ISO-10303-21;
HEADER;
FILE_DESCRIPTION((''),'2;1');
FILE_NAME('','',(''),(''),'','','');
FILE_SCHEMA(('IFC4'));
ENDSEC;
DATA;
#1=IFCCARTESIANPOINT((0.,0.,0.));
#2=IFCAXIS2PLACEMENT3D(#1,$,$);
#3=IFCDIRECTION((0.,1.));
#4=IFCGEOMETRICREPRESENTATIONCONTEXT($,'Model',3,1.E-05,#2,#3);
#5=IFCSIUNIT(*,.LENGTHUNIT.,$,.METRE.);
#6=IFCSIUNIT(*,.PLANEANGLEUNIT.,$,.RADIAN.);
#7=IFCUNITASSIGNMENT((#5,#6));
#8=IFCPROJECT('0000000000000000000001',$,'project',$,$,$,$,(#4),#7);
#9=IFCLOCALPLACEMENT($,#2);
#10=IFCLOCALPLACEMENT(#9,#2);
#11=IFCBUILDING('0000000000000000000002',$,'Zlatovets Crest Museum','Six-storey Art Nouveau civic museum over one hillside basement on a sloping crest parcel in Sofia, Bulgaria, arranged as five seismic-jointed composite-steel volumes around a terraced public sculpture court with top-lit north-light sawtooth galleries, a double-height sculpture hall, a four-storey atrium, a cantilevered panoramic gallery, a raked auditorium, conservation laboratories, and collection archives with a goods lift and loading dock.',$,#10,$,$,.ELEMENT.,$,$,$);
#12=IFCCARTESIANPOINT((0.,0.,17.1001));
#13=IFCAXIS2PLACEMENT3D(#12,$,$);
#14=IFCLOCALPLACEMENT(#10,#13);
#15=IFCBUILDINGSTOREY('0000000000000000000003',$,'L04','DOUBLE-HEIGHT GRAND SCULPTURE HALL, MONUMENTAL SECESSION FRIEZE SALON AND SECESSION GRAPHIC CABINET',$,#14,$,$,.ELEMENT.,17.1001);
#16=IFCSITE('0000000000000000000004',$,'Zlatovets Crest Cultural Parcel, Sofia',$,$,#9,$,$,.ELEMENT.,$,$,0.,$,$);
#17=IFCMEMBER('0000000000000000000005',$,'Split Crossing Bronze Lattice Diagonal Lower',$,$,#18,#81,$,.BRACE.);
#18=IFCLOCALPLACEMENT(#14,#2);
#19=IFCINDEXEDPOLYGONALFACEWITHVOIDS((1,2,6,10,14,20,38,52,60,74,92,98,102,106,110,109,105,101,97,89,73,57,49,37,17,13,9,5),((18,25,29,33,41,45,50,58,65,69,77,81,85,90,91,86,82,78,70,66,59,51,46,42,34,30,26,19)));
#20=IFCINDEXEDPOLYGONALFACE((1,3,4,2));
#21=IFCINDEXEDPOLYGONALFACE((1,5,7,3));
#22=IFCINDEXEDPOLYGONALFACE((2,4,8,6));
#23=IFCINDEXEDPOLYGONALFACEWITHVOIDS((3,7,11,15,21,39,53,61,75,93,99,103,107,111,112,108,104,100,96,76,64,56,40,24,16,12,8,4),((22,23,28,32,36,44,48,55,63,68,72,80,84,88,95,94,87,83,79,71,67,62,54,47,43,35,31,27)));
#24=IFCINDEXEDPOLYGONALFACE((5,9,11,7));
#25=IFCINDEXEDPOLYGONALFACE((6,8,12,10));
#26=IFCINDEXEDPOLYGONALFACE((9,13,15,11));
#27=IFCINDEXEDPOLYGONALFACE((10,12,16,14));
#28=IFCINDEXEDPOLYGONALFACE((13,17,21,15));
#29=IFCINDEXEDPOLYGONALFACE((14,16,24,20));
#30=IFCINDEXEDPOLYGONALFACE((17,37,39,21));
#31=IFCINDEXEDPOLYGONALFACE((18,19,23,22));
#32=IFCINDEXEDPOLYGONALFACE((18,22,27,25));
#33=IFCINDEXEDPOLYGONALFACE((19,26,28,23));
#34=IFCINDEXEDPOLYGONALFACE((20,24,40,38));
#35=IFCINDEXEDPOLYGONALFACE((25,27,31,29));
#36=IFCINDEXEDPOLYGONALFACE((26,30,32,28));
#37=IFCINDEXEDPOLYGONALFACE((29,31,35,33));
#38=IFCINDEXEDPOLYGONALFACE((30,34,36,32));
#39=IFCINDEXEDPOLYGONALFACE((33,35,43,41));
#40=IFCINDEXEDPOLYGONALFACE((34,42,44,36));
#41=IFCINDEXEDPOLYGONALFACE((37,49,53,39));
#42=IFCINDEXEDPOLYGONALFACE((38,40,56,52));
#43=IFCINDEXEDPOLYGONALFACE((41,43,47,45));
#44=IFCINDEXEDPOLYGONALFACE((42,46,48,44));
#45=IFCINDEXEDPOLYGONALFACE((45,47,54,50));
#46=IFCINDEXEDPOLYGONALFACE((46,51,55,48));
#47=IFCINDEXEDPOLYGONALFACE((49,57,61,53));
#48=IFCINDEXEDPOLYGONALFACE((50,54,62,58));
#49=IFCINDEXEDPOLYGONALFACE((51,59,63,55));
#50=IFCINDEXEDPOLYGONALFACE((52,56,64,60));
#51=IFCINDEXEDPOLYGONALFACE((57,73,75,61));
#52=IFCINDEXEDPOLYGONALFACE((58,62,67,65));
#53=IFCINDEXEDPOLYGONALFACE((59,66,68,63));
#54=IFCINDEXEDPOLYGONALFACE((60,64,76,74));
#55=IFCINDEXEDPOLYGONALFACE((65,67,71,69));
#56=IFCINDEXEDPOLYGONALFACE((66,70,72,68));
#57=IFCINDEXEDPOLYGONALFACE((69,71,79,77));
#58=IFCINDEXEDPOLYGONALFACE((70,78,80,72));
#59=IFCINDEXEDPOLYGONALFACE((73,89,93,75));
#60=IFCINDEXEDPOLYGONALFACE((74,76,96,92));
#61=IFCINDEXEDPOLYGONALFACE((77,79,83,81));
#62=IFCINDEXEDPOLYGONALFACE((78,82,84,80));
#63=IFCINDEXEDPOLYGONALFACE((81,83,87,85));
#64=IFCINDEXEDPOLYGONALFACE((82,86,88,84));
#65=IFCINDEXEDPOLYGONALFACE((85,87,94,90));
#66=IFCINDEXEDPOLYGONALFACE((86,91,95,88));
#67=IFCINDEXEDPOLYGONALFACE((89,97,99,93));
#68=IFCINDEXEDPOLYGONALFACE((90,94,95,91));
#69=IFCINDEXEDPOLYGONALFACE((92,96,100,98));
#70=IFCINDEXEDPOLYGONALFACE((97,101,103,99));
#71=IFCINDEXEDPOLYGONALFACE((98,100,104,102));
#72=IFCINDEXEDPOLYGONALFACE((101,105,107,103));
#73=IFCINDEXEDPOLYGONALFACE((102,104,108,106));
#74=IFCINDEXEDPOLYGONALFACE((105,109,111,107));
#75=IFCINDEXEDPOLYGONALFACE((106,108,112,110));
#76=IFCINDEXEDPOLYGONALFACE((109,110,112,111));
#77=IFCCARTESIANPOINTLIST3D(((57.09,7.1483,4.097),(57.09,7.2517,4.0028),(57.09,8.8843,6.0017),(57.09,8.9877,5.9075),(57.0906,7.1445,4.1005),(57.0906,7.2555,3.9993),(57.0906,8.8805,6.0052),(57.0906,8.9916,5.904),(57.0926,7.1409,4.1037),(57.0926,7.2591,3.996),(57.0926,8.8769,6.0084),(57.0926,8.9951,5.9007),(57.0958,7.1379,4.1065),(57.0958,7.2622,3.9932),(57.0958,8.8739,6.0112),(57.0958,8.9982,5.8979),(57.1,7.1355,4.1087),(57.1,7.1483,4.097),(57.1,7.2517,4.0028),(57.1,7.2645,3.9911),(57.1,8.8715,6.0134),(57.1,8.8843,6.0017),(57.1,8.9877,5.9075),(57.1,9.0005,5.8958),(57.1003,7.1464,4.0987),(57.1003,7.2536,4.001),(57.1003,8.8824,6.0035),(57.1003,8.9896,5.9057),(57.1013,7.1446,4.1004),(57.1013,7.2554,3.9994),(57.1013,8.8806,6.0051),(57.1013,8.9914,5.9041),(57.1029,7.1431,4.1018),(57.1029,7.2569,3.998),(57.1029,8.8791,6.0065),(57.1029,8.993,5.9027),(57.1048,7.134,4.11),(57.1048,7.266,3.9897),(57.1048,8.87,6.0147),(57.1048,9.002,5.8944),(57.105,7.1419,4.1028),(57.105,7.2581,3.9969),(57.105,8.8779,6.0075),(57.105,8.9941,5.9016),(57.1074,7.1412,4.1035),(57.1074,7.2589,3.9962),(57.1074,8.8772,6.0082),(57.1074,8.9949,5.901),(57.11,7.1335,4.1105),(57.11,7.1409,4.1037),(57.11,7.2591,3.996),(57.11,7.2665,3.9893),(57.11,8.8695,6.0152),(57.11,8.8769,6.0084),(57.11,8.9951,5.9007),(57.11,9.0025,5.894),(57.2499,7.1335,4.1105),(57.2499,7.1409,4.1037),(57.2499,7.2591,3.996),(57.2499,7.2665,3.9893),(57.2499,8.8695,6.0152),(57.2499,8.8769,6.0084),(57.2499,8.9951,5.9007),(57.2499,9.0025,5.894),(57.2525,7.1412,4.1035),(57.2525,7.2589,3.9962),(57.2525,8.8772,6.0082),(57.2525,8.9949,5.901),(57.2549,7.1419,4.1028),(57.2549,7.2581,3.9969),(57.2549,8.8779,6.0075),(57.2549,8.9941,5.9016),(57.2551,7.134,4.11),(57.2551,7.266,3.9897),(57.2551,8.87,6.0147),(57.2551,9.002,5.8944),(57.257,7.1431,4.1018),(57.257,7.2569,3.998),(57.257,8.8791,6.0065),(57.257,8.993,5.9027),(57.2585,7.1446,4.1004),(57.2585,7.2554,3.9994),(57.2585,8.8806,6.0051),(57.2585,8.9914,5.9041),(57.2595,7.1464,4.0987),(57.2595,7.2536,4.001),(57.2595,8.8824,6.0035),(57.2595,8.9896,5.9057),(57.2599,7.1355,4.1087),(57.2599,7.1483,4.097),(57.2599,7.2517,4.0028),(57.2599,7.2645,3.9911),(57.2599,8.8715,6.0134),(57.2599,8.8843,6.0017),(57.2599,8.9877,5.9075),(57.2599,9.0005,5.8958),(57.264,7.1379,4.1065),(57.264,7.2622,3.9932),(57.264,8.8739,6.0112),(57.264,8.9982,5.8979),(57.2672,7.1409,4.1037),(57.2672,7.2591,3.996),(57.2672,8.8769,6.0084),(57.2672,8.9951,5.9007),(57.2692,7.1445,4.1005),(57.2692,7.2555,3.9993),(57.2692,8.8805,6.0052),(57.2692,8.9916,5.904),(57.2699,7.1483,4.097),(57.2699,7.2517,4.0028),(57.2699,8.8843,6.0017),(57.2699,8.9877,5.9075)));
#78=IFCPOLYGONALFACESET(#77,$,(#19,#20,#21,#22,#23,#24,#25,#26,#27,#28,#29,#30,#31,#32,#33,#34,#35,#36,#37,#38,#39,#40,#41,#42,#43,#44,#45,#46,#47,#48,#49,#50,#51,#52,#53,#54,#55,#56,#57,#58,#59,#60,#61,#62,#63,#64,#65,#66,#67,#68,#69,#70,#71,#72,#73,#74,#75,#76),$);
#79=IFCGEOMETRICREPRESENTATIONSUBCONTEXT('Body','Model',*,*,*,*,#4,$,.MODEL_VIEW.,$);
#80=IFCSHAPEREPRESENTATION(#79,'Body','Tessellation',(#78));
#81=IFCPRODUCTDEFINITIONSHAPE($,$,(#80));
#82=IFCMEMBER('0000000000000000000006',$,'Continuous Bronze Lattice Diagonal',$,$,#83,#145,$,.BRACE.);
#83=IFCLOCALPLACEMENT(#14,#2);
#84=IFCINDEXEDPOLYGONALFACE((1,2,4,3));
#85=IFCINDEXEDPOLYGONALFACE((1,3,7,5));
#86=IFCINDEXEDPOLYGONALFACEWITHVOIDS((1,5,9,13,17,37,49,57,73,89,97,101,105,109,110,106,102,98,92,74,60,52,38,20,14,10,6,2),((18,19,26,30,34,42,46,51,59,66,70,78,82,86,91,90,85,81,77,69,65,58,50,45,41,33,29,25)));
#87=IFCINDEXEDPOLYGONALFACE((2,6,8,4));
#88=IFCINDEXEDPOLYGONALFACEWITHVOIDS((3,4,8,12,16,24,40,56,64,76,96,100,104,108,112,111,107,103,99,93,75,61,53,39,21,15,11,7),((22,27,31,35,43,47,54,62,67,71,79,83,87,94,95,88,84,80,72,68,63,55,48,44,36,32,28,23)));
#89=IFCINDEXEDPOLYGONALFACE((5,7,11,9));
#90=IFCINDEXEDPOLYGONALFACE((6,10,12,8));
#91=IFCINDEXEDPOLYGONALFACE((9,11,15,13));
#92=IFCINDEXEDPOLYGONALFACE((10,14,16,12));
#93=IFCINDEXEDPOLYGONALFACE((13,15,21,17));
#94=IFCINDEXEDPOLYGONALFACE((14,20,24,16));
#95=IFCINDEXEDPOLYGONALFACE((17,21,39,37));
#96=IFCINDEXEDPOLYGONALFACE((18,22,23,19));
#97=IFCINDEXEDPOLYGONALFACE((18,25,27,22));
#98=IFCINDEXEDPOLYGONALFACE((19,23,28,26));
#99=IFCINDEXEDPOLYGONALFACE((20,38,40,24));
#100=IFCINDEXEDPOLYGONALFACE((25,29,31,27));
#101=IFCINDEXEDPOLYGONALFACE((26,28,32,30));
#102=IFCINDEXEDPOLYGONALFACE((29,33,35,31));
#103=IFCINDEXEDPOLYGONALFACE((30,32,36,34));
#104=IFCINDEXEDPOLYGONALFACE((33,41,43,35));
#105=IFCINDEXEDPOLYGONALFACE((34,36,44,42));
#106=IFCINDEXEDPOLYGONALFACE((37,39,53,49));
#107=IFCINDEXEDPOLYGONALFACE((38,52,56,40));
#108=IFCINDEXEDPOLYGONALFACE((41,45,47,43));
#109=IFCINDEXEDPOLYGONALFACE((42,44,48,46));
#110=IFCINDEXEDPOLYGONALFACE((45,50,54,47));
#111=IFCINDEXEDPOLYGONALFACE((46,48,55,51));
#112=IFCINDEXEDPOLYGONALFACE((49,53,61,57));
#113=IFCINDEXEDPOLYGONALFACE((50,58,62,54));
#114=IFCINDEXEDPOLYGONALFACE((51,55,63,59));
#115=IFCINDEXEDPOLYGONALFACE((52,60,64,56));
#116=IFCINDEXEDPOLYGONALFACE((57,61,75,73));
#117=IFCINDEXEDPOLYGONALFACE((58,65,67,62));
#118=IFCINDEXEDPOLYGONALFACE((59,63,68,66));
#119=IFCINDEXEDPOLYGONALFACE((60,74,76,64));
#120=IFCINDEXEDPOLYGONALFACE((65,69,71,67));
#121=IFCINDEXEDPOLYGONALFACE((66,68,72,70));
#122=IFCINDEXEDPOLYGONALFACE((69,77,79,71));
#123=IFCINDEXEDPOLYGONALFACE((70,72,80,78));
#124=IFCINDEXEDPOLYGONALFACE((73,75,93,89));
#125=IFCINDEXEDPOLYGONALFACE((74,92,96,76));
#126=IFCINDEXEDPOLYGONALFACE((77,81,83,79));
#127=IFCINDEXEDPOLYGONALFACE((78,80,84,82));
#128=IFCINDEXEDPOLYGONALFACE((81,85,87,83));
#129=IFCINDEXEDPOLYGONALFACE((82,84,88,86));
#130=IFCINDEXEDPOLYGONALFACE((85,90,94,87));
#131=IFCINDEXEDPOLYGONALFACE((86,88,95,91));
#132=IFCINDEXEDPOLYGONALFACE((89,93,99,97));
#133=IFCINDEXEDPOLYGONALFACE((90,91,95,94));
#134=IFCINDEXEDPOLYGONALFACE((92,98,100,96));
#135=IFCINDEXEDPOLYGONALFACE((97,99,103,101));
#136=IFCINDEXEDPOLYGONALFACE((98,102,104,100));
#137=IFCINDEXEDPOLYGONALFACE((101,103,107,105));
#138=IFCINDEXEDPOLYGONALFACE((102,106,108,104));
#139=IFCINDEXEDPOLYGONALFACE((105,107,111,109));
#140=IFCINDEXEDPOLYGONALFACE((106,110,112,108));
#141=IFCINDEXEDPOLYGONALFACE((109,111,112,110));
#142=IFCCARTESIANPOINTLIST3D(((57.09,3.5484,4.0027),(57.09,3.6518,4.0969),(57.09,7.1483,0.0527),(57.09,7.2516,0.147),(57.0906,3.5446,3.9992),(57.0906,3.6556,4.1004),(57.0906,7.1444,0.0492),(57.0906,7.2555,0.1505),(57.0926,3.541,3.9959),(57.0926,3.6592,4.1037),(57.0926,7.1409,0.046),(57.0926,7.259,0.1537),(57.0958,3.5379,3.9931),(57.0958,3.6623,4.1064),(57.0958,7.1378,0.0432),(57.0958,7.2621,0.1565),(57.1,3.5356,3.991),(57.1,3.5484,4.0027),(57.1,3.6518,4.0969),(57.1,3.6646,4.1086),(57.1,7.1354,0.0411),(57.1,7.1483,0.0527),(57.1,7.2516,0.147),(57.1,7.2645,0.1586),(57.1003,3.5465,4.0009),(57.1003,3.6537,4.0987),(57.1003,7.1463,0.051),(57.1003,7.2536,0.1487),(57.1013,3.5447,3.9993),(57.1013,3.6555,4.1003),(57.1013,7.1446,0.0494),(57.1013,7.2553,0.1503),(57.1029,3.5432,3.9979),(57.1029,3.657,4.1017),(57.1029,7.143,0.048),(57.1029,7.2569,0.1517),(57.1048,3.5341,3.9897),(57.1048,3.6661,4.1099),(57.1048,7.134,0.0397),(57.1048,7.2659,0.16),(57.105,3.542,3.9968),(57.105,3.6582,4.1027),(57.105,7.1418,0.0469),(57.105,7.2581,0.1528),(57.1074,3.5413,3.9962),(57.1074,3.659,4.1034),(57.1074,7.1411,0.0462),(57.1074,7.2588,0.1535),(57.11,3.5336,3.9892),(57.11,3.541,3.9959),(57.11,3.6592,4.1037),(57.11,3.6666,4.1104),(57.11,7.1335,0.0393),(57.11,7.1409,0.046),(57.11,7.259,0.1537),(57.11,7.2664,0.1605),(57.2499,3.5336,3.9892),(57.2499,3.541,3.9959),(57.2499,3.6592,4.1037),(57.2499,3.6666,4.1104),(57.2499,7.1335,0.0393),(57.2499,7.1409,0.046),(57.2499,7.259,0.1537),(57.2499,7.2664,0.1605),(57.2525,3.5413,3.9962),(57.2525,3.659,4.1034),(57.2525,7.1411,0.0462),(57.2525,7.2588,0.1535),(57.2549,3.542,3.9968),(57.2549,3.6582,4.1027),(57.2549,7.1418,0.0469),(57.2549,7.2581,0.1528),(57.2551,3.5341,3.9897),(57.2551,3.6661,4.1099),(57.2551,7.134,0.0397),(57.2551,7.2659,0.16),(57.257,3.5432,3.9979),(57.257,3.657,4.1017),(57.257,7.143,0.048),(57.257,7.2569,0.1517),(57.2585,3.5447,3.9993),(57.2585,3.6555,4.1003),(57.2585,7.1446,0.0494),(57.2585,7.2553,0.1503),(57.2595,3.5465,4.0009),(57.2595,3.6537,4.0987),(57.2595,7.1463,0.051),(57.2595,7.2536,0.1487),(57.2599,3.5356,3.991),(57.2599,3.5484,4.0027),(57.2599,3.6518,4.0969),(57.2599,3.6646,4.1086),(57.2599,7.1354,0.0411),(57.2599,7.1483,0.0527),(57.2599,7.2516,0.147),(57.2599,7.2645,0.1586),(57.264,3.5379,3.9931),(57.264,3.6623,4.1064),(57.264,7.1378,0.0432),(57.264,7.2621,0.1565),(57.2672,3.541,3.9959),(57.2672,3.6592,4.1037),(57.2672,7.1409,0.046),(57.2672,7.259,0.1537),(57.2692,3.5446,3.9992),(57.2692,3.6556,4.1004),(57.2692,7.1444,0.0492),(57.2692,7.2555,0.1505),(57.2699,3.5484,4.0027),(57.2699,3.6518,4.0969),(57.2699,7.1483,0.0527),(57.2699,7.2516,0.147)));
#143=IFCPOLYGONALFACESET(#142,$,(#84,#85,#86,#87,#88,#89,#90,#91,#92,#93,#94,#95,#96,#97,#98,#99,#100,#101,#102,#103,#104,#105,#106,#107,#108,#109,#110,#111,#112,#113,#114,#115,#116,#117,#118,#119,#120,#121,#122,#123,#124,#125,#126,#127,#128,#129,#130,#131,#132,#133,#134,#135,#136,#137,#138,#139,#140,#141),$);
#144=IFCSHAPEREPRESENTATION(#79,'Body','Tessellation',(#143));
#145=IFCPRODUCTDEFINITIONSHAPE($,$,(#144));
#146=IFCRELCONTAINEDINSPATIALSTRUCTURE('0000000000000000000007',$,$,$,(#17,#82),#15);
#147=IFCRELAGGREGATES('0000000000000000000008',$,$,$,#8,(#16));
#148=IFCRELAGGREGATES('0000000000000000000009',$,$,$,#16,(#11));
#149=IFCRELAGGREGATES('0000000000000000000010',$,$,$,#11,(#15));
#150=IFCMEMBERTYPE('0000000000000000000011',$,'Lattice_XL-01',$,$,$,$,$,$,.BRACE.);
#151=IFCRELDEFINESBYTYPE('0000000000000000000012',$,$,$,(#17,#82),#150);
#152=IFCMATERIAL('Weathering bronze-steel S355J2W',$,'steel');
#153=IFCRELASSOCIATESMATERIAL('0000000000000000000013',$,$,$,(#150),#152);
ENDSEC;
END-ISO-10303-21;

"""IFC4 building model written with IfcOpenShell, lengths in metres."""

from ifc_helpers import new_model, si_unit, direction, frame, origin, origin_2d, place, context, subcontext, project, spatial, hollow_rectangle, extrude, material, material_profile, profile_set, type_object, element, save


model = new_model("IFC4")

# Units and contexts
model_context = context("Model", 3, precision=1e-05, world=origin(), true_north=direction((0.0, 1.0)))
body_context = subcontext(model_context, "Body", "Model", "MODEL_VIEW")
ifc_project = project(units=[si_unit("LENGTHUNIT", "METRE"), si_unit("PLANEANGLEUNIT", "RADIAN")], contexts=[model_context])

# Site, building, storey
site_placement = place(None, origin())
site = spatial("IfcSite", under=ifc_project, at=site_placement, Name="Zlatovets Crest Cultural Parcel, Sofia", CompositionType="ELEMENT", RefElevation=0.0)
building_placement = place(site_placement, origin())
building = spatial("IfcBuilding", under=site, at=building_placement, Name="Zlatovets Crest Museum", Description="Six-storey Art Nouveau civic museum over one hillside basement on a sloping crest parcel in Sofia, Bulgaria, arranged as five seismic-jointed composite-steel volumes around a terraced public sculpture court with top-lit north-light sawtooth galleries, a double-height sculpture hall, a four-storey atrium, a cantilevered panoramic gallery, a raked auditorium, conservation laboratories, and collection archives with a goods lift and loading dock.", CompositionType="ELEMENT")
storey_placement = place(building_placement, frame((0.0, 0.0, 17.1001)))
storey = spatial("IfcBuildingStorey", under=building, at=storey_placement, Name="L04", Description="DOUBLE-HEIGHT GRAND SCULPTURE HALL, MONUMENTAL SECESSION FRIEZE SALON AND SECESSION GRAPHIC CABINET", CompositionType="ELEMENT", Elevation=17.1001)

# Members
ifc_material_1 = material(Name="Weathering bronze-steel S355J2W", Category="steel")
ifc_material_profile_1 = material_profile(ifc_material_1, hollow_rectangle(XDim=0.1799, YDim=0.1799, WallThickness=0.01, InnerFilletRadius=0.01, OuterFilletRadius=0.02, at=origin_2d()), Name="SHS 180x180x10.0")
ifc_profile_set_1 = profile_set([ifc_material_profile_1], Name="Weathering bronze-steel S355J2W")
member_type_1 = type_object("IfcMemberType", Name="Lattice_XL-01", PredefinedType="BRACE", material=ifc_profile_set_1)
for number, where, z_axis, x_axis, name in (
    (1, (57.1799, 8.936, 5.9546), (0.0, -0.67362, -0.739078), (1.0, 0.0, 0.0), "Split Crossing Bronze Lattice Diagonal Lower"),
):
    element("IfcMember", number, at=place(storey_placement, frame(where, z_axis=z_axis, x_axis=x_axis)), inside=storey, type_object=member_type_1, Name=name, PredefinedType="BRACE", context=body_context, shape_type="SweptSolid", body=[
        extrude(hollow_rectangle(XDim=0.1799, YDim=0.1799, WallThickness=0.01, InnerFilletRadius=0.01, OuterFilletRadius=0.02, at=origin_2d()), origin(), (0.0, 0.0, 1.0), 2.5771),
    ])
member_1_placement = place(storey_placement, frame((57.1799, 7.2, 0.0999), z_axis=(0.0, -0.673593, 0.739102), x_axis=(1.0, 0.0, 0.0)))
element("IfcMember", 2, at=member_1_placement, inside=storey, type_object=member_type_1, Name="Continuous Bronze Lattice Diagonal", PredefinedType="BRACE", context=body_context, shape_type="SweptSolid", body=[
    extrude(hollow_rectangle(XDim=0.1799, YDim=0.1799, WallThickness=0.01, InnerFilletRadius=0.01, OuterFilletRadius=0.02, at=origin_2d()), origin(), (0.0, 0.0, 1.0), 5.3442),
])

save(model, "model.ifc")
